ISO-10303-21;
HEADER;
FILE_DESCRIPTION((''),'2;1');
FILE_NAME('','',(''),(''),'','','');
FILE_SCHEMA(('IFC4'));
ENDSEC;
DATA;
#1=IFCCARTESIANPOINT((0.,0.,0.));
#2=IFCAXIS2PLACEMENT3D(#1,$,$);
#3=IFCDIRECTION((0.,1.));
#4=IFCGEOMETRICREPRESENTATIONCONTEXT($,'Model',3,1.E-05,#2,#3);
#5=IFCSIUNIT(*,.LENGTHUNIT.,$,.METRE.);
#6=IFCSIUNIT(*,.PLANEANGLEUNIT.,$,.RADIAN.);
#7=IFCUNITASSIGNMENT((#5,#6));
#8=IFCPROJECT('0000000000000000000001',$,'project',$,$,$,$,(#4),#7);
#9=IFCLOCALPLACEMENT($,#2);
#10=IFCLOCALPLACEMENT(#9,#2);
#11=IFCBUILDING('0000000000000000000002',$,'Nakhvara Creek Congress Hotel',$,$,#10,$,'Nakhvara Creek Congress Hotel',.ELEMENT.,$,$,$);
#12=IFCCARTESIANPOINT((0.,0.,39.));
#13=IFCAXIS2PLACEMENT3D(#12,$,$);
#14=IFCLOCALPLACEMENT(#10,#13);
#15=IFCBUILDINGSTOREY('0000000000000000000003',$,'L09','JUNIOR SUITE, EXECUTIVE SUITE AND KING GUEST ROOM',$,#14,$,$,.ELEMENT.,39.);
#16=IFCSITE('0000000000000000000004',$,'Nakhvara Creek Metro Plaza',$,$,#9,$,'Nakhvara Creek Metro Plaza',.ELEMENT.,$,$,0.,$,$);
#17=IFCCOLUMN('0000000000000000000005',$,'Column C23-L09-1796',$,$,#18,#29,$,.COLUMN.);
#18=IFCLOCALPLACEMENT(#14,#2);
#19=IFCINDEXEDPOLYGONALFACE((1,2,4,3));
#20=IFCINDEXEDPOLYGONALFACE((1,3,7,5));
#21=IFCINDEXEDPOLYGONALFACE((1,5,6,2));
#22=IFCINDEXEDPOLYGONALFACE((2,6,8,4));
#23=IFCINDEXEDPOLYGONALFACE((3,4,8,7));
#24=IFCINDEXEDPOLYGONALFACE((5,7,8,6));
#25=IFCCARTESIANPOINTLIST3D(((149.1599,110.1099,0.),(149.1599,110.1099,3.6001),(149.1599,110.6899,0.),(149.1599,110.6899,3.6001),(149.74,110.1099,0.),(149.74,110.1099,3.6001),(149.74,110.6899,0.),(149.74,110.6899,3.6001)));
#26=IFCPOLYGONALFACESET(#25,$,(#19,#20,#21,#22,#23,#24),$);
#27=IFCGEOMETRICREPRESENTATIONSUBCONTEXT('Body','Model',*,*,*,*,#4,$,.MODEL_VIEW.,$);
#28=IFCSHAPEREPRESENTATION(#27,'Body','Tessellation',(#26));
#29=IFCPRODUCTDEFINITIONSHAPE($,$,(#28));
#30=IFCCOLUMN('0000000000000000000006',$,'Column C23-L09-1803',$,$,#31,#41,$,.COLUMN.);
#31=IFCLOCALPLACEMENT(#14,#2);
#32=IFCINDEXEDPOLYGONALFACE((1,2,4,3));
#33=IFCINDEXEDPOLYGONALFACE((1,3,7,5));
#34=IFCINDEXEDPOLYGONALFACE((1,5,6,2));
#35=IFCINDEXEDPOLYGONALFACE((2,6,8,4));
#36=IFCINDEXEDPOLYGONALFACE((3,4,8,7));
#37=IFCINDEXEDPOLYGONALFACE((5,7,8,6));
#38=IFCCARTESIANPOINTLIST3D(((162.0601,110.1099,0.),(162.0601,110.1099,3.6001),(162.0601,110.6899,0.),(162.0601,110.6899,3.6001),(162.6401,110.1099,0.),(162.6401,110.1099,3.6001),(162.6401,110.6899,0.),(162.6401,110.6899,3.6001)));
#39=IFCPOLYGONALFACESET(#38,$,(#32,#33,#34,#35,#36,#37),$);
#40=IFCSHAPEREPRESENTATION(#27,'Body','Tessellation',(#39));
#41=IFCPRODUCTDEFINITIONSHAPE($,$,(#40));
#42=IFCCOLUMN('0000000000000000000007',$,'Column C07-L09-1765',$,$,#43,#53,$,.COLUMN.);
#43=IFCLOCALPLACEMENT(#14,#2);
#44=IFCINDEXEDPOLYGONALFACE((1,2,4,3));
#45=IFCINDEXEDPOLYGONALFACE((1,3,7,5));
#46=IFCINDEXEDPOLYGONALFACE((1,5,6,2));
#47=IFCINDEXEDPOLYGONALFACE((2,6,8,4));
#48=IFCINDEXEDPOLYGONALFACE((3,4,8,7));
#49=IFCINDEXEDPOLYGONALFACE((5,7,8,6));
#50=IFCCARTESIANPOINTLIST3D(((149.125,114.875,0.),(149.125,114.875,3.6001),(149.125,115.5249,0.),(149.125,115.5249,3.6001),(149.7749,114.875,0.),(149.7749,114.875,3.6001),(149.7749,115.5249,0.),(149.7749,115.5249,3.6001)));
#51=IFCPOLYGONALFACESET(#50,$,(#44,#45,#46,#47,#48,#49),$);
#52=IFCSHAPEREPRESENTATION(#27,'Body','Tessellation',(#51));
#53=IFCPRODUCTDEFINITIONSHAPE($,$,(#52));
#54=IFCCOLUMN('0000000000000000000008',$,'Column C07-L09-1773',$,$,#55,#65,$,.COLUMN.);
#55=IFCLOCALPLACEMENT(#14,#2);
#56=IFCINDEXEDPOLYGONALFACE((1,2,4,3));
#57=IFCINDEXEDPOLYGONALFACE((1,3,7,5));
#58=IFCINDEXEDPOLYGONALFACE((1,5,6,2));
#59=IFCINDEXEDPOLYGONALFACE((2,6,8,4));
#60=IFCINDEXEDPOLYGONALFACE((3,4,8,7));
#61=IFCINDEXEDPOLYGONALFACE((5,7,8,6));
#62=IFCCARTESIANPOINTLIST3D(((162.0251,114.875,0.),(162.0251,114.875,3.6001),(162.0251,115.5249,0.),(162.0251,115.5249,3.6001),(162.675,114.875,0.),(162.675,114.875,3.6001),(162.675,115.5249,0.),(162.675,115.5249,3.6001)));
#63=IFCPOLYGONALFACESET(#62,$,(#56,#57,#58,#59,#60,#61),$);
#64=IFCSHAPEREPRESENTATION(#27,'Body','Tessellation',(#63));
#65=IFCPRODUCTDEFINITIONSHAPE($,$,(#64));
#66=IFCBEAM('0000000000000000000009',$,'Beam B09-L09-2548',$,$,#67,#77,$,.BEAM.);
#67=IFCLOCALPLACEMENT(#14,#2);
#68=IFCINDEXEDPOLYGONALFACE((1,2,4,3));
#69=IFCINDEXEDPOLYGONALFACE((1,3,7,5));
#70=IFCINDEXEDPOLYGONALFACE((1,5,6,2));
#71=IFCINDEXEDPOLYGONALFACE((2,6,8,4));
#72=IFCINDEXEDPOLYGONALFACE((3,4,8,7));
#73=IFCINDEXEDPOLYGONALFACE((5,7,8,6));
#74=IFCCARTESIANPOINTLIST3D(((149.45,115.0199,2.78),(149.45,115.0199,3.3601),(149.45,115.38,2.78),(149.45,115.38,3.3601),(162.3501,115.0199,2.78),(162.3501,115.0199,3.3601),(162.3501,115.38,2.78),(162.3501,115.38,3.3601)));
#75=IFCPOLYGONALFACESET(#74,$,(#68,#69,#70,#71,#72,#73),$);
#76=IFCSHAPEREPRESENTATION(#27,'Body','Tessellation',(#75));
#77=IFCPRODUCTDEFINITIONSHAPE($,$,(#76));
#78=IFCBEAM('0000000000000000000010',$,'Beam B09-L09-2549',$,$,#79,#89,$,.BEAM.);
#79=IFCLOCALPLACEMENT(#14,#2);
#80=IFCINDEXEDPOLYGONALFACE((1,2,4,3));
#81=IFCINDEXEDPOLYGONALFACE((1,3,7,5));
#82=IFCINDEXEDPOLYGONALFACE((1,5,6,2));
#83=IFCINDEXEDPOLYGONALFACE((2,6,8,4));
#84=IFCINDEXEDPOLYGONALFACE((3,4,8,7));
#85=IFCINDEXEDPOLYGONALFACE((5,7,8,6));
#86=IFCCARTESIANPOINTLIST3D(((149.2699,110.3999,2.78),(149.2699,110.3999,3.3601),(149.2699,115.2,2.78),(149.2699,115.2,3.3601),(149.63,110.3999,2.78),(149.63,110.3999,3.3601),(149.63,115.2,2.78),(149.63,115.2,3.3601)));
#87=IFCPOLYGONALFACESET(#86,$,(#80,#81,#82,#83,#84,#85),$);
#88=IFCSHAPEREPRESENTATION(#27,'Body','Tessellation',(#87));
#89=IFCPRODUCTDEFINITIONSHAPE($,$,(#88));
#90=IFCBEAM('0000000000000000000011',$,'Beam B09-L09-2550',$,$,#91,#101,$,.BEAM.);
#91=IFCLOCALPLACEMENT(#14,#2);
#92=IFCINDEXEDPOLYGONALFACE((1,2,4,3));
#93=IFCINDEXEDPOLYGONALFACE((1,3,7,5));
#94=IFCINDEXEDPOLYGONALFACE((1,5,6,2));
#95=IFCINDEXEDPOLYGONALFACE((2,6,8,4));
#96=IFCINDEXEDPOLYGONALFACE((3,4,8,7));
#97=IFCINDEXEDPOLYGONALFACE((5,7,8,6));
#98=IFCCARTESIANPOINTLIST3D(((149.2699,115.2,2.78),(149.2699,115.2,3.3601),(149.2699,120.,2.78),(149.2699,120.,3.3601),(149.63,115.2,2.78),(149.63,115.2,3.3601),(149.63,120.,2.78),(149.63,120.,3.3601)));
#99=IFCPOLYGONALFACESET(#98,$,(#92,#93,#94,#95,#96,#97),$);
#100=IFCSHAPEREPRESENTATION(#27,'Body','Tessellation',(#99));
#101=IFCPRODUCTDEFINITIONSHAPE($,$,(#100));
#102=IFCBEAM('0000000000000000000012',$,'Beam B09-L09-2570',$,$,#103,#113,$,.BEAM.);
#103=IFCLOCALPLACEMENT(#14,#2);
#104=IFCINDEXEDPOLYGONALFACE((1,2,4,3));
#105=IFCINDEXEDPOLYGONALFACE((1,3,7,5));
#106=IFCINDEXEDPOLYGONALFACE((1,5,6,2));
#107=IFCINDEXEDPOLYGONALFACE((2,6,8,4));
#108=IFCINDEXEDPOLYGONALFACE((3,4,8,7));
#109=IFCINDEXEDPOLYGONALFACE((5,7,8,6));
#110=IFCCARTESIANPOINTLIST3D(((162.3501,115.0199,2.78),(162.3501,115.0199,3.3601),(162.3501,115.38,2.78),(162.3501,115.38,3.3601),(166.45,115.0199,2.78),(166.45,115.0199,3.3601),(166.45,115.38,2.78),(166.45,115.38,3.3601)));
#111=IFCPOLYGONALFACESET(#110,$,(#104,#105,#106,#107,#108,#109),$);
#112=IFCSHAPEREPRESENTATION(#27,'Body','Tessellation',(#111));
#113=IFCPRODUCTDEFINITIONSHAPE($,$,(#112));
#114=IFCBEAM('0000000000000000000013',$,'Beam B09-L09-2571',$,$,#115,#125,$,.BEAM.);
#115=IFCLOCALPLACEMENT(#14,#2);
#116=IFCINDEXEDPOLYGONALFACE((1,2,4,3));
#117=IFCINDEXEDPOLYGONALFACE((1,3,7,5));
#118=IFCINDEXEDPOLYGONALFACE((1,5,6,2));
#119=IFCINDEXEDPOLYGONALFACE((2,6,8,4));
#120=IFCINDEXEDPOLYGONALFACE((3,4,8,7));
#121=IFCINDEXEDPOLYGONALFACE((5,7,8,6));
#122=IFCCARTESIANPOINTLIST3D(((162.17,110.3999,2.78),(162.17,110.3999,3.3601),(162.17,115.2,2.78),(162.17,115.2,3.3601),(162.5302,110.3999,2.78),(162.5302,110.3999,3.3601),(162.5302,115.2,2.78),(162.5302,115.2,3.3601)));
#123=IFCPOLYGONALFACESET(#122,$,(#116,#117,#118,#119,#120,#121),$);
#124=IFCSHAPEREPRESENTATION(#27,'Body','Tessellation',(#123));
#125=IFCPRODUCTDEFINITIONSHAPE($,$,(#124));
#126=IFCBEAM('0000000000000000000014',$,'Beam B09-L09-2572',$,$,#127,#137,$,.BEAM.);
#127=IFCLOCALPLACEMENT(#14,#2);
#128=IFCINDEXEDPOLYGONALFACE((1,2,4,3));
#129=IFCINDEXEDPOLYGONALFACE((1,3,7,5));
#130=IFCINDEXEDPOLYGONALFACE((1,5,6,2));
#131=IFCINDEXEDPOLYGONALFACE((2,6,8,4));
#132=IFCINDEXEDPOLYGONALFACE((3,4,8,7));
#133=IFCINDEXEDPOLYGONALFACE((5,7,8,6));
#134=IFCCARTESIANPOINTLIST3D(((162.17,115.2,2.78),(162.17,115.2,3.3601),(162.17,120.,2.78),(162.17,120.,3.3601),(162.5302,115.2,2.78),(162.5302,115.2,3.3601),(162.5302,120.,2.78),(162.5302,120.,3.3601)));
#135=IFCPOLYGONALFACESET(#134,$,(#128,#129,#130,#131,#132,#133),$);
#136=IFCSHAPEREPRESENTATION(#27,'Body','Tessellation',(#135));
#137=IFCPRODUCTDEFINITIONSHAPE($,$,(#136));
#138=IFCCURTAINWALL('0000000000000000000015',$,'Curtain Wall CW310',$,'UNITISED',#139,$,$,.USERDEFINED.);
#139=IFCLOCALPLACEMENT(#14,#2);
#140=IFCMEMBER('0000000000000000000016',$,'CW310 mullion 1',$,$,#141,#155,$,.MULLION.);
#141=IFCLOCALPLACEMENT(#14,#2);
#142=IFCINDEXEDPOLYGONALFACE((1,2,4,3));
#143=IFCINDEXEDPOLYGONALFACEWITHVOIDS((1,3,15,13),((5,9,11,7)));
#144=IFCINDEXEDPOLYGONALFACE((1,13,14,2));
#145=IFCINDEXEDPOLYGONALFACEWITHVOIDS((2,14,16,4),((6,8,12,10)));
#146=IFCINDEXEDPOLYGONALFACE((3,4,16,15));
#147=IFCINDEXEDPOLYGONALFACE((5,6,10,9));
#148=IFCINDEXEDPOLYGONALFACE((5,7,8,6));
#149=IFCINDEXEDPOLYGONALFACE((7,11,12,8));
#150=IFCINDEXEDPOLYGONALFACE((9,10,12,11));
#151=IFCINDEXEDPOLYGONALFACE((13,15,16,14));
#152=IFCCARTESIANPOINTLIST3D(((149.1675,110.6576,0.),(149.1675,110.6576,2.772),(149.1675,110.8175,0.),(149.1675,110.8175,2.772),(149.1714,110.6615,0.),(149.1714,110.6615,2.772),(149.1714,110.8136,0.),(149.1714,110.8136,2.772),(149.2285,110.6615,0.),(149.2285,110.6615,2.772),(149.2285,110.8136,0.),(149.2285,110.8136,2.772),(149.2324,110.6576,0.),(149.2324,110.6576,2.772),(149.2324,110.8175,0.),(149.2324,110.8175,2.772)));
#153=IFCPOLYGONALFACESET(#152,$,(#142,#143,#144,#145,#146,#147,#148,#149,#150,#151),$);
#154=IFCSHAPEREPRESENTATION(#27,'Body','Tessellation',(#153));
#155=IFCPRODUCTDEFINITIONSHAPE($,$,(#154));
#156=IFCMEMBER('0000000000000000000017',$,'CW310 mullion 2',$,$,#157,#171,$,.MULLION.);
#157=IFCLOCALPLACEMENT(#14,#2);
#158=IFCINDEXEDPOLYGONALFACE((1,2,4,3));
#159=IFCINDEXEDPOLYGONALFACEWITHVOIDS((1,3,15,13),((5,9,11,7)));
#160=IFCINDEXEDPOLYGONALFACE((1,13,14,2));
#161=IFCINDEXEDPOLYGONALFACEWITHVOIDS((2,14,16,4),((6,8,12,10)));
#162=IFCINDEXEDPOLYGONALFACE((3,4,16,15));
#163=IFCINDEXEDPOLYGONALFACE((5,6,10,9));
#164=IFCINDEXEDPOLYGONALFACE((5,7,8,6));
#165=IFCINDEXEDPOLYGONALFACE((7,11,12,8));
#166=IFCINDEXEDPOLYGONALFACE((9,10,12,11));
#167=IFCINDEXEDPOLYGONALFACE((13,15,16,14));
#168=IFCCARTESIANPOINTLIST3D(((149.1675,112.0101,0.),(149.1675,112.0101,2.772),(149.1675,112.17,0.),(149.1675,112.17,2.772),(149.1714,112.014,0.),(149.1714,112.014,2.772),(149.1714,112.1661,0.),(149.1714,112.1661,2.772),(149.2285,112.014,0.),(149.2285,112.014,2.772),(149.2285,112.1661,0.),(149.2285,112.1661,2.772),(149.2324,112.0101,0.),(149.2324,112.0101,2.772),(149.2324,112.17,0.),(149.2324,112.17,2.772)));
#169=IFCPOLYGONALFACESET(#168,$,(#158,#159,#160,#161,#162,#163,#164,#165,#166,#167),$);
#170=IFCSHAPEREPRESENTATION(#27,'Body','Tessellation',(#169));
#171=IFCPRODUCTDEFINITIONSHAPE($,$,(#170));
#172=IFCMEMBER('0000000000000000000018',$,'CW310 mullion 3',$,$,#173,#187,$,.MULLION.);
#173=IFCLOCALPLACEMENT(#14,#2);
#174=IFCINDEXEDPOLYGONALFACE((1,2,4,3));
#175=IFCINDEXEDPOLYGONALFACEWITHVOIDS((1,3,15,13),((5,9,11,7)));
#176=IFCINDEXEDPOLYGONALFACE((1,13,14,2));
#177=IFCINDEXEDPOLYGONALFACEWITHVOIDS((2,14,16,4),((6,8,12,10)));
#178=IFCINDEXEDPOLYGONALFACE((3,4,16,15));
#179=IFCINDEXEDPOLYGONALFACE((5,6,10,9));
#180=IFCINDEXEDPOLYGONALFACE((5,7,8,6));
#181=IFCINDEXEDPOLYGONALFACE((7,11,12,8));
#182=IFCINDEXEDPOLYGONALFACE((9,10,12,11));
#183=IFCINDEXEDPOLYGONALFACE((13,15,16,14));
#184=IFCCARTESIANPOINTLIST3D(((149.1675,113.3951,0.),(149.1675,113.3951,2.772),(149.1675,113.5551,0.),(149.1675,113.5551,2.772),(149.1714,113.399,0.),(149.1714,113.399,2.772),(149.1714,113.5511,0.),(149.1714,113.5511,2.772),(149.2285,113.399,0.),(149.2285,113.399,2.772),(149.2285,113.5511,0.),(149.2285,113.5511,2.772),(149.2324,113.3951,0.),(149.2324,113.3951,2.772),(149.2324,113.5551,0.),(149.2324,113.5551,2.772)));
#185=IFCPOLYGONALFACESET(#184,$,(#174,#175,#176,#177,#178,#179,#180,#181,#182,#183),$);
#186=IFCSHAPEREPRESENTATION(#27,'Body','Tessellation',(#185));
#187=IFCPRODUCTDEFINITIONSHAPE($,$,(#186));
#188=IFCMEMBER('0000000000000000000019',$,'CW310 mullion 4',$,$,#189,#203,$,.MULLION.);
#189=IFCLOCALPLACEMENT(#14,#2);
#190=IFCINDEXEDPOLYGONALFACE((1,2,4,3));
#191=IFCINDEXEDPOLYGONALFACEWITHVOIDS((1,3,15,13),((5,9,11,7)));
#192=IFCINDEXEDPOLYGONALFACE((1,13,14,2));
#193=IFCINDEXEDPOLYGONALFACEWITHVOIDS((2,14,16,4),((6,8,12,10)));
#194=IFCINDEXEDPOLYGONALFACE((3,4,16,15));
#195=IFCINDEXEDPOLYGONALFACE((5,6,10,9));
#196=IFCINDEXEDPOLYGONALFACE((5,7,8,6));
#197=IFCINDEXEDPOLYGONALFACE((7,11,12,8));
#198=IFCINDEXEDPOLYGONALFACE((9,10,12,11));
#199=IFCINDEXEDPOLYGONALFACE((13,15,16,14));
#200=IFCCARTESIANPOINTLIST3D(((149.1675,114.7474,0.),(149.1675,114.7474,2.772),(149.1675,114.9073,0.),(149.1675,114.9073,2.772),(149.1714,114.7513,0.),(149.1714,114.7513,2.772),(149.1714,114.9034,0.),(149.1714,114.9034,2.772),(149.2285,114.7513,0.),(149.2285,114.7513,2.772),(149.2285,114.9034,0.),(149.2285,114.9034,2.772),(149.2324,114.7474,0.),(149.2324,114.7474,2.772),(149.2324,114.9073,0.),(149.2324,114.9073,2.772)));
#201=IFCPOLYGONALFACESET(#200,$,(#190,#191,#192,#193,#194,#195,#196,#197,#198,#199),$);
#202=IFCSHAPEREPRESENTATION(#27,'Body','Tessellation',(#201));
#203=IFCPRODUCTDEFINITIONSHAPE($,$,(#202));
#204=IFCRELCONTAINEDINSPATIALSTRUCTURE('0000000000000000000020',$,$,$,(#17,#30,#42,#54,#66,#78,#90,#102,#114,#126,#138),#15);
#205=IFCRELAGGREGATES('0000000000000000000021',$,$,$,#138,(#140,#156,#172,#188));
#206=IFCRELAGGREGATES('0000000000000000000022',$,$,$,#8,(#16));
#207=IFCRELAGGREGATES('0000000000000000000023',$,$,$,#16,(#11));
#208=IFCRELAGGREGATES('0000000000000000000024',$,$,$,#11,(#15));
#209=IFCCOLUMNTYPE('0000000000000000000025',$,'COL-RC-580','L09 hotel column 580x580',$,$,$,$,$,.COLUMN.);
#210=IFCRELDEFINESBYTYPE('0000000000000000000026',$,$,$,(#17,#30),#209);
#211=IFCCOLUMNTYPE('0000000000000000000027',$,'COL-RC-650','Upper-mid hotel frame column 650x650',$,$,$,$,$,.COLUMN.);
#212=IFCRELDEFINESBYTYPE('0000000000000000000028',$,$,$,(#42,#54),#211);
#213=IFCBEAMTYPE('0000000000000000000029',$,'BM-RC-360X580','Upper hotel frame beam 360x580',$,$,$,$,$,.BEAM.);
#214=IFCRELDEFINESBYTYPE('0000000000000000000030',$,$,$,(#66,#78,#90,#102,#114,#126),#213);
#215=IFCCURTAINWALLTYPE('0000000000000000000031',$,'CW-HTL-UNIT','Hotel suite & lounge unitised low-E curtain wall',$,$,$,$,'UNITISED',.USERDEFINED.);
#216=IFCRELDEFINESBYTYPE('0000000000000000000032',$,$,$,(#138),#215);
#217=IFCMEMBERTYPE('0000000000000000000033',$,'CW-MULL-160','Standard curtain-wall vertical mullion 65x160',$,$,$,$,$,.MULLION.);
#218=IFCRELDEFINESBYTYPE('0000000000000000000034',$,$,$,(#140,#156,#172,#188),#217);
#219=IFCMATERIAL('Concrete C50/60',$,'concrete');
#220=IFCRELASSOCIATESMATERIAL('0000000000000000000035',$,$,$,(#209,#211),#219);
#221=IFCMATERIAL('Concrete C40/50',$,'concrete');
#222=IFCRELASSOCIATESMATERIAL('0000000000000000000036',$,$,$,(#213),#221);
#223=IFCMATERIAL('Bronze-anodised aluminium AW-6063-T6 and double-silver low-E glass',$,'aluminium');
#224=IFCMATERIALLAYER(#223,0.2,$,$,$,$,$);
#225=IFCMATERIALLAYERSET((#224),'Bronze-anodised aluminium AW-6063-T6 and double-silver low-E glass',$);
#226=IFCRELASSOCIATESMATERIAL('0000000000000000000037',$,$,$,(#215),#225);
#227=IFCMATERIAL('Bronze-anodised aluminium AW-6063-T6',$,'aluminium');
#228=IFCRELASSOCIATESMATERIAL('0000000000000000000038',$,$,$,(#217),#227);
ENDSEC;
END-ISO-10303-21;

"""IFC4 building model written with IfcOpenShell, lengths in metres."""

from ifc_helpers import new_model, si_unit, direction, frame, origin, origin_2d, place, context, subcontext, project, spatial, rectangle, hollow_rectangle, extrude, material, layer, layer_set, material_profile, profile_set, type_object, element, aggregate, save


model = new_model("IFC4")

# Units and contexts
model_context = context("Model", 3, precision=1e-05, world=origin(), true_north=direction((0.0, 1.0)))
body_context = subcontext(model_context, "Body", "Model", "MODEL_VIEW")
ifc_project = project(units=[si_unit("LENGTHUNIT", "METRE"), si_unit("PLANEANGLEUNIT", "RADIAN")], contexts=[model_context])

# Site, building, storey
site_placement = place(None, origin())
site = spatial("IfcSite", under=ifc_project, at=site_placement, Name="Nakhvara Creek Metro Plaza", LongName="Nakhvara Creek Metro Plaza", CompositionType="ELEMENT", RefElevation=0.0)
building_placement = place(site_placement, origin())
building = spatial("IfcBuilding", under=site, at=building_placement, Name="Nakhvara Creek Congress Hotel", LongName="Nakhvara Creek Congress Hotel", CompositionType="ELEMENT")
storey_placement = place(building_placement, frame((0.0, 0.0, 39.0)))
storey = spatial("IfcBuildingStorey", under=building, at=storey_placement, Name="L09", Description="JUNIOR SUITE, EXECUTIVE SUITE AND KING GUEST ROOM", CompositionType="ELEMENT", Elevation=39.0)

# Columns
ifc_material_1 = material(Name="Concrete C50/60", Category="concrete")
ifc_material_profile_1 = material_profile(ifc_material_1, rectangle(XDim=0.5801, YDim=0.5801, at=origin_2d()), Name="RC-COL 580x580", Category="LoadBearing")
ifc_profile_set_1 = profile_set([ifc_material_profile_1], Name="Concrete C50/60")
column_type_1 = type_object("IfcColumnType", Name="COL-RC-580", Description="L09 hotel column 580x580", PredefinedType="COLUMN", material=ifc_profile_set_1)
for number, where, z_axis, x_axis, name in (
    (1, (149.45, 110.3999, 0.0), (0.0, 0.0, 1.0), (1.0, 0.0, 0.0), "Column C23-L09-1796"),
    (2, (162.3501, 110.3999, 0.0), (0.0, 0.0, 1.0), (1.0, 0.0, 0.0), "Column C23-L09-1803"),
):
    element("IfcColumn", number, at=place(storey_placement, frame(where, z_axis=z_axis, x_axis=x_axis)), inside=storey, type_object=column_type_1, Name=name, PredefinedType="COLUMN", context=body_context, shape_type="SweptSolid", body=[
        extrude(rectangle(XDim=0.5801, YDim=0.5801, at=origin_2d()), origin(), (0.0, 0.0, 1.0), 3.6001),
    ])
ifc_material_profile_2 = material_profile(ifc_material_1, rectangle(XDim=0.6499, YDim=0.6499, at=origin_2d()), Name="RC-COL 650x650", Category="LoadBearing")
ifc_profile_set_2 = profile_set([ifc_material_profile_2], Name="Concrete C50/60")
column_type_2 = type_object("IfcColumnType", Name="COL-RC-650", Description="Upper-mid hotel frame column 650x650", PredefinedType="COLUMN", material=ifc_profile_set_2)
for number, where, z_axis, x_axis, name in (
    (3, (149.45, 115.2, 0.0), (0.0, 0.0, 1.0), (1.0, 0.0, 0.0), "Column C07-L09-1765"),
    (4, (162.3501, 115.2, 0.0), (0.0, 0.0, 1.0), (1.0, 0.0, 0.0), "Column C07-L09-1773"),
):
    element("IfcColumn", number, at=place(storey_placement, frame(where, z_axis=z_axis, x_axis=x_axis)), inside=storey, type_object=column_type_2, Name=name, PredefinedType="COLUMN", context=body_context, shape_type="SweptSolid", body=[
        extrude(rectangle(XDim=0.6499, YDim=0.6499, at=origin_2d()), origin(), (0.0, 0.0, 1.0), 3.6001),
    ])

# Beams
ifc_material_2 = material(Name="Concrete C40/50", Category="concrete")
ifc_material_profile_3 = material_profile(ifc_material_2, rectangle(XDim=0.3601, YDim=0.5801, at=origin_2d()), Name="RC-BM 360x580", Category="LoadBearing")
ifc_profile_set_3 = profile_set([ifc_material_profile_3], Name="Concrete C40/50")
beam_type = type_object("IfcBeamType", Name="BM-RC-360X580", Description="Upper hotel frame beam 360x580", PredefinedType="BEAM", material=ifc_profile_set_3)
beam_1_placement = place(storey_placement, frame((149.45, 115.2, 3.0701), z_axis=(1.0, 0.0, 0.0), x_axis=(0.0, 1.0, 0.0)))
element("IfcBeam", 5, at=beam_1_placement, inside=storey, type_object=beam_type, Name="Beam B09-L09-2548", PredefinedType="BEAM", context=body_context, shape_type="SweptSolid", body=[
    extrude(rectangle(XDim=0.3601, YDim=0.5801, at=origin_2d()), origin(), (0.0, 0.0, 1.0), 12.9001),
])
for number, where, z_axis, x_axis, name in (
    (6, (149.45, 110.3999, 3.0701), (0.0, 1.0, 0.0), (-1.0, 0.0, 0.0), "Beam B09-L09-2549"),
    (7, (149.45, 115.2, 3.0701), (0.0, 1.0, 0.0), (-1.0, 0.0, 0.0), "Beam B09-L09-2550"),
):
    element("IfcBeam", number, at=place(storey_placement, frame(where, z_axis=z_axis, x_axis=x_axis)), inside=storey, type_object=beam_type, Name=name, PredefinedType="BEAM", context=body_context, shape_type="SweptSolid", body=[
        extrude(rectangle(XDim=0.3601, YDim=0.5801, at=origin_2d()), origin(), (0.0, 0.0, 1.0), 4.8),
    ])
beam_2_placement = place(storey_placement, frame((162.3501, 115.2, 3.0701), z_axis=(1.0, 0.0, 0.0), x_axis=(0.0, 1.0, 0.0)))
element("IfcBeam", 8, at=beam_2_placement, inside=storey, type_object=beam_type, Name="Beam B09-L09-2570", PredefinedType="BEAM", context=body_context, shape_type="SweptSolid", body=[
    extrude(rectangle(XDim=0.3601, YDim=0.5801, at=origin_2d()), origin(), (0.0, 0.0, 1.0), 4.0999),
])
for number, where, z_axis, x_axis, name in (
    (9, (162.3501, 110.3999, 3.0701), (0.0, 1.0, 0.0), (-1.0, 0.0, 0.0), "Beam B09-L09-2571"),
    (10, (162.3501, 115.2, 3.0701), (0.0, 1.0, 0.0), (-1.0, 0.0, 0.0), "Beam B09-L09-2572"),
):
    element("IfcBeam", number, at=place(storey_placement, frame(where, z_axis=z_axis, x_axis=x_axis)), inside=storey, type_object=beam_type, Name=name, PredefinedType="BEAM", context=body_context, shape_type="SweptSolid", body=[
        extrude(rectangle(XDim=0.3601, YDim=0.5801, at=origin_2d()), origin(), (0.0, 0.0, 1.0), 4.8),
    ])

# Curtain wall, members
ifc_material_3 = material(Name="Bronze-anodised aluminium AW-6063-T6 and double-silver low-E glass", Category="aluminium")
ifc_layer_1 = layer(ifc_material_3, 0.2)
ifc_layer_set_1 = layer_set([ifc_layer_1], Name="Bronze-anodised aluminium AW-6063-T6 and double-silver low-E glass")
curtain_wall_type = type_object("IfcCurtainWallType", Name="CW-HTL-UNIT", Description="Hotel suite & lounge unitised low-E curtain wall", ElementType="UNITISED", PredefinedType="USERDEFINED", material=ifc_layer_set_1)
curtain_wall_placement = place(storey_placement, origin())
curtain_wall = element("IfcCurtainWall", 11, at=curtain_wall_placement, inside=storey, type_object=curtain_wall_type, Name="Curtain Wall CW310", ObjectType="UNITISED", PredefinedType="USERDEFINED")
ifc_material_4 = material(Name="Bronze-anodised aluminium AW-6063-T6", Category="aluminium")
ifc_material_profile_4 = material_profile(ifc_material_4, hollow_rectangle(XDim=0.0649, YDim=0.1599, WallThickness=0.0039, at=origin_2d()), Name="ALU-MULL 65x160x4", Category="LoadBearing")
ifc_profile_set_4 = profile_set([ifc_material_profile_4], Name="Bronze-anodised aluminium AW-6063-T6")
member_type_1 = type_object("IfcMemberType", Name="CW-MULL-160", Description="Standard curtain-wall vertical mullion 65x160", PredefinedType="MULLION", material=ifc_profile_set_4)
member_1_placement = place(storey_placement, frame((149.2, 110.7375, 0.0), z_axis=(0.0, 0.0, 1.0), x_axis=(-1.0, 0.0, 0.0)))
member_1 = element("IfcMember", 12, at=member_1_placement, type_object=member_type_1, Name="CW310 mullion 1", PredefinedType="MULLION", context=body_context, shape_type="SweptSolid", body=[
    extrude(hollow_rectangle(XDim=0.0649, YDim=0.1599, WallThickness=0.0039, at=origin_2d()), origin(), (0.0, 0.0, 1.0), 2.772),
])
member_2_placement = place(storey_placement, frame((149.2, 112.0901, 0.0), z_axis=(0.0, 0.0, 1.0), x_axis=(-1.0, 0.0, 0.0)))
member_2 = element("IfcMember", 13, at=member_2_placement, type_object=member_type_1, Name="CW310 mullion 2", PredefinedType="MULLION", context=body_context, shape_type="SweptSolid", body=[
    extrude(hollow_rectangle(XDim=0.0649, YDim=0.1599, WallThickness=0.0039, at=origin_2d()), origin(), (0.0, 0.0, 1.0), 2.772),
])
member_3_placement = place(storey_placement, frame((149.2, 113.4751, 0.0), z_axis=(0.0, 0.0, 1.0), x_axis=(-1.0, 0.0, 0.0)))
member_3 = element("IfcMember", 14, at=member_3_placement, type_object=member_type_1, Name="CW310 mullion 3", PredefinedType="MULLION", context=body_context, shape_type="SweptSolid", body=[
    extrude(hollow_rectangle(XDim=0.0649, YDim=0.1599, WallThickness=0.0039, at=origin_2d()), origin(), (0.0, 0.0, 1.0), 2.772),
])
member_4_placement = place(storey_placement, frame((149.2, 114.8274, 0.0), z_axis=(0.0, 0.0, 1.0), x_axis=(-1.0, 0.0, 0.0)))
member_4 = element("IfcMember", 15, at=member_4_placement, type_object=member_type_1, Name="CW310 mullion 4", PredefinedType="MULLION", context=body_context, shape_type="SweptSolid", body=[
    extrude(hollow_rectangle(XDim=0.0649, YDim=0.1599, WallThickness=0.0039, at=origin_2d()), origin(), (0.0, 0.0, 1.0), 2.772),
])
aggregate(curtain_wall, [member_1, member_2, member_3, member_4])

save(model, "model.ifc")
